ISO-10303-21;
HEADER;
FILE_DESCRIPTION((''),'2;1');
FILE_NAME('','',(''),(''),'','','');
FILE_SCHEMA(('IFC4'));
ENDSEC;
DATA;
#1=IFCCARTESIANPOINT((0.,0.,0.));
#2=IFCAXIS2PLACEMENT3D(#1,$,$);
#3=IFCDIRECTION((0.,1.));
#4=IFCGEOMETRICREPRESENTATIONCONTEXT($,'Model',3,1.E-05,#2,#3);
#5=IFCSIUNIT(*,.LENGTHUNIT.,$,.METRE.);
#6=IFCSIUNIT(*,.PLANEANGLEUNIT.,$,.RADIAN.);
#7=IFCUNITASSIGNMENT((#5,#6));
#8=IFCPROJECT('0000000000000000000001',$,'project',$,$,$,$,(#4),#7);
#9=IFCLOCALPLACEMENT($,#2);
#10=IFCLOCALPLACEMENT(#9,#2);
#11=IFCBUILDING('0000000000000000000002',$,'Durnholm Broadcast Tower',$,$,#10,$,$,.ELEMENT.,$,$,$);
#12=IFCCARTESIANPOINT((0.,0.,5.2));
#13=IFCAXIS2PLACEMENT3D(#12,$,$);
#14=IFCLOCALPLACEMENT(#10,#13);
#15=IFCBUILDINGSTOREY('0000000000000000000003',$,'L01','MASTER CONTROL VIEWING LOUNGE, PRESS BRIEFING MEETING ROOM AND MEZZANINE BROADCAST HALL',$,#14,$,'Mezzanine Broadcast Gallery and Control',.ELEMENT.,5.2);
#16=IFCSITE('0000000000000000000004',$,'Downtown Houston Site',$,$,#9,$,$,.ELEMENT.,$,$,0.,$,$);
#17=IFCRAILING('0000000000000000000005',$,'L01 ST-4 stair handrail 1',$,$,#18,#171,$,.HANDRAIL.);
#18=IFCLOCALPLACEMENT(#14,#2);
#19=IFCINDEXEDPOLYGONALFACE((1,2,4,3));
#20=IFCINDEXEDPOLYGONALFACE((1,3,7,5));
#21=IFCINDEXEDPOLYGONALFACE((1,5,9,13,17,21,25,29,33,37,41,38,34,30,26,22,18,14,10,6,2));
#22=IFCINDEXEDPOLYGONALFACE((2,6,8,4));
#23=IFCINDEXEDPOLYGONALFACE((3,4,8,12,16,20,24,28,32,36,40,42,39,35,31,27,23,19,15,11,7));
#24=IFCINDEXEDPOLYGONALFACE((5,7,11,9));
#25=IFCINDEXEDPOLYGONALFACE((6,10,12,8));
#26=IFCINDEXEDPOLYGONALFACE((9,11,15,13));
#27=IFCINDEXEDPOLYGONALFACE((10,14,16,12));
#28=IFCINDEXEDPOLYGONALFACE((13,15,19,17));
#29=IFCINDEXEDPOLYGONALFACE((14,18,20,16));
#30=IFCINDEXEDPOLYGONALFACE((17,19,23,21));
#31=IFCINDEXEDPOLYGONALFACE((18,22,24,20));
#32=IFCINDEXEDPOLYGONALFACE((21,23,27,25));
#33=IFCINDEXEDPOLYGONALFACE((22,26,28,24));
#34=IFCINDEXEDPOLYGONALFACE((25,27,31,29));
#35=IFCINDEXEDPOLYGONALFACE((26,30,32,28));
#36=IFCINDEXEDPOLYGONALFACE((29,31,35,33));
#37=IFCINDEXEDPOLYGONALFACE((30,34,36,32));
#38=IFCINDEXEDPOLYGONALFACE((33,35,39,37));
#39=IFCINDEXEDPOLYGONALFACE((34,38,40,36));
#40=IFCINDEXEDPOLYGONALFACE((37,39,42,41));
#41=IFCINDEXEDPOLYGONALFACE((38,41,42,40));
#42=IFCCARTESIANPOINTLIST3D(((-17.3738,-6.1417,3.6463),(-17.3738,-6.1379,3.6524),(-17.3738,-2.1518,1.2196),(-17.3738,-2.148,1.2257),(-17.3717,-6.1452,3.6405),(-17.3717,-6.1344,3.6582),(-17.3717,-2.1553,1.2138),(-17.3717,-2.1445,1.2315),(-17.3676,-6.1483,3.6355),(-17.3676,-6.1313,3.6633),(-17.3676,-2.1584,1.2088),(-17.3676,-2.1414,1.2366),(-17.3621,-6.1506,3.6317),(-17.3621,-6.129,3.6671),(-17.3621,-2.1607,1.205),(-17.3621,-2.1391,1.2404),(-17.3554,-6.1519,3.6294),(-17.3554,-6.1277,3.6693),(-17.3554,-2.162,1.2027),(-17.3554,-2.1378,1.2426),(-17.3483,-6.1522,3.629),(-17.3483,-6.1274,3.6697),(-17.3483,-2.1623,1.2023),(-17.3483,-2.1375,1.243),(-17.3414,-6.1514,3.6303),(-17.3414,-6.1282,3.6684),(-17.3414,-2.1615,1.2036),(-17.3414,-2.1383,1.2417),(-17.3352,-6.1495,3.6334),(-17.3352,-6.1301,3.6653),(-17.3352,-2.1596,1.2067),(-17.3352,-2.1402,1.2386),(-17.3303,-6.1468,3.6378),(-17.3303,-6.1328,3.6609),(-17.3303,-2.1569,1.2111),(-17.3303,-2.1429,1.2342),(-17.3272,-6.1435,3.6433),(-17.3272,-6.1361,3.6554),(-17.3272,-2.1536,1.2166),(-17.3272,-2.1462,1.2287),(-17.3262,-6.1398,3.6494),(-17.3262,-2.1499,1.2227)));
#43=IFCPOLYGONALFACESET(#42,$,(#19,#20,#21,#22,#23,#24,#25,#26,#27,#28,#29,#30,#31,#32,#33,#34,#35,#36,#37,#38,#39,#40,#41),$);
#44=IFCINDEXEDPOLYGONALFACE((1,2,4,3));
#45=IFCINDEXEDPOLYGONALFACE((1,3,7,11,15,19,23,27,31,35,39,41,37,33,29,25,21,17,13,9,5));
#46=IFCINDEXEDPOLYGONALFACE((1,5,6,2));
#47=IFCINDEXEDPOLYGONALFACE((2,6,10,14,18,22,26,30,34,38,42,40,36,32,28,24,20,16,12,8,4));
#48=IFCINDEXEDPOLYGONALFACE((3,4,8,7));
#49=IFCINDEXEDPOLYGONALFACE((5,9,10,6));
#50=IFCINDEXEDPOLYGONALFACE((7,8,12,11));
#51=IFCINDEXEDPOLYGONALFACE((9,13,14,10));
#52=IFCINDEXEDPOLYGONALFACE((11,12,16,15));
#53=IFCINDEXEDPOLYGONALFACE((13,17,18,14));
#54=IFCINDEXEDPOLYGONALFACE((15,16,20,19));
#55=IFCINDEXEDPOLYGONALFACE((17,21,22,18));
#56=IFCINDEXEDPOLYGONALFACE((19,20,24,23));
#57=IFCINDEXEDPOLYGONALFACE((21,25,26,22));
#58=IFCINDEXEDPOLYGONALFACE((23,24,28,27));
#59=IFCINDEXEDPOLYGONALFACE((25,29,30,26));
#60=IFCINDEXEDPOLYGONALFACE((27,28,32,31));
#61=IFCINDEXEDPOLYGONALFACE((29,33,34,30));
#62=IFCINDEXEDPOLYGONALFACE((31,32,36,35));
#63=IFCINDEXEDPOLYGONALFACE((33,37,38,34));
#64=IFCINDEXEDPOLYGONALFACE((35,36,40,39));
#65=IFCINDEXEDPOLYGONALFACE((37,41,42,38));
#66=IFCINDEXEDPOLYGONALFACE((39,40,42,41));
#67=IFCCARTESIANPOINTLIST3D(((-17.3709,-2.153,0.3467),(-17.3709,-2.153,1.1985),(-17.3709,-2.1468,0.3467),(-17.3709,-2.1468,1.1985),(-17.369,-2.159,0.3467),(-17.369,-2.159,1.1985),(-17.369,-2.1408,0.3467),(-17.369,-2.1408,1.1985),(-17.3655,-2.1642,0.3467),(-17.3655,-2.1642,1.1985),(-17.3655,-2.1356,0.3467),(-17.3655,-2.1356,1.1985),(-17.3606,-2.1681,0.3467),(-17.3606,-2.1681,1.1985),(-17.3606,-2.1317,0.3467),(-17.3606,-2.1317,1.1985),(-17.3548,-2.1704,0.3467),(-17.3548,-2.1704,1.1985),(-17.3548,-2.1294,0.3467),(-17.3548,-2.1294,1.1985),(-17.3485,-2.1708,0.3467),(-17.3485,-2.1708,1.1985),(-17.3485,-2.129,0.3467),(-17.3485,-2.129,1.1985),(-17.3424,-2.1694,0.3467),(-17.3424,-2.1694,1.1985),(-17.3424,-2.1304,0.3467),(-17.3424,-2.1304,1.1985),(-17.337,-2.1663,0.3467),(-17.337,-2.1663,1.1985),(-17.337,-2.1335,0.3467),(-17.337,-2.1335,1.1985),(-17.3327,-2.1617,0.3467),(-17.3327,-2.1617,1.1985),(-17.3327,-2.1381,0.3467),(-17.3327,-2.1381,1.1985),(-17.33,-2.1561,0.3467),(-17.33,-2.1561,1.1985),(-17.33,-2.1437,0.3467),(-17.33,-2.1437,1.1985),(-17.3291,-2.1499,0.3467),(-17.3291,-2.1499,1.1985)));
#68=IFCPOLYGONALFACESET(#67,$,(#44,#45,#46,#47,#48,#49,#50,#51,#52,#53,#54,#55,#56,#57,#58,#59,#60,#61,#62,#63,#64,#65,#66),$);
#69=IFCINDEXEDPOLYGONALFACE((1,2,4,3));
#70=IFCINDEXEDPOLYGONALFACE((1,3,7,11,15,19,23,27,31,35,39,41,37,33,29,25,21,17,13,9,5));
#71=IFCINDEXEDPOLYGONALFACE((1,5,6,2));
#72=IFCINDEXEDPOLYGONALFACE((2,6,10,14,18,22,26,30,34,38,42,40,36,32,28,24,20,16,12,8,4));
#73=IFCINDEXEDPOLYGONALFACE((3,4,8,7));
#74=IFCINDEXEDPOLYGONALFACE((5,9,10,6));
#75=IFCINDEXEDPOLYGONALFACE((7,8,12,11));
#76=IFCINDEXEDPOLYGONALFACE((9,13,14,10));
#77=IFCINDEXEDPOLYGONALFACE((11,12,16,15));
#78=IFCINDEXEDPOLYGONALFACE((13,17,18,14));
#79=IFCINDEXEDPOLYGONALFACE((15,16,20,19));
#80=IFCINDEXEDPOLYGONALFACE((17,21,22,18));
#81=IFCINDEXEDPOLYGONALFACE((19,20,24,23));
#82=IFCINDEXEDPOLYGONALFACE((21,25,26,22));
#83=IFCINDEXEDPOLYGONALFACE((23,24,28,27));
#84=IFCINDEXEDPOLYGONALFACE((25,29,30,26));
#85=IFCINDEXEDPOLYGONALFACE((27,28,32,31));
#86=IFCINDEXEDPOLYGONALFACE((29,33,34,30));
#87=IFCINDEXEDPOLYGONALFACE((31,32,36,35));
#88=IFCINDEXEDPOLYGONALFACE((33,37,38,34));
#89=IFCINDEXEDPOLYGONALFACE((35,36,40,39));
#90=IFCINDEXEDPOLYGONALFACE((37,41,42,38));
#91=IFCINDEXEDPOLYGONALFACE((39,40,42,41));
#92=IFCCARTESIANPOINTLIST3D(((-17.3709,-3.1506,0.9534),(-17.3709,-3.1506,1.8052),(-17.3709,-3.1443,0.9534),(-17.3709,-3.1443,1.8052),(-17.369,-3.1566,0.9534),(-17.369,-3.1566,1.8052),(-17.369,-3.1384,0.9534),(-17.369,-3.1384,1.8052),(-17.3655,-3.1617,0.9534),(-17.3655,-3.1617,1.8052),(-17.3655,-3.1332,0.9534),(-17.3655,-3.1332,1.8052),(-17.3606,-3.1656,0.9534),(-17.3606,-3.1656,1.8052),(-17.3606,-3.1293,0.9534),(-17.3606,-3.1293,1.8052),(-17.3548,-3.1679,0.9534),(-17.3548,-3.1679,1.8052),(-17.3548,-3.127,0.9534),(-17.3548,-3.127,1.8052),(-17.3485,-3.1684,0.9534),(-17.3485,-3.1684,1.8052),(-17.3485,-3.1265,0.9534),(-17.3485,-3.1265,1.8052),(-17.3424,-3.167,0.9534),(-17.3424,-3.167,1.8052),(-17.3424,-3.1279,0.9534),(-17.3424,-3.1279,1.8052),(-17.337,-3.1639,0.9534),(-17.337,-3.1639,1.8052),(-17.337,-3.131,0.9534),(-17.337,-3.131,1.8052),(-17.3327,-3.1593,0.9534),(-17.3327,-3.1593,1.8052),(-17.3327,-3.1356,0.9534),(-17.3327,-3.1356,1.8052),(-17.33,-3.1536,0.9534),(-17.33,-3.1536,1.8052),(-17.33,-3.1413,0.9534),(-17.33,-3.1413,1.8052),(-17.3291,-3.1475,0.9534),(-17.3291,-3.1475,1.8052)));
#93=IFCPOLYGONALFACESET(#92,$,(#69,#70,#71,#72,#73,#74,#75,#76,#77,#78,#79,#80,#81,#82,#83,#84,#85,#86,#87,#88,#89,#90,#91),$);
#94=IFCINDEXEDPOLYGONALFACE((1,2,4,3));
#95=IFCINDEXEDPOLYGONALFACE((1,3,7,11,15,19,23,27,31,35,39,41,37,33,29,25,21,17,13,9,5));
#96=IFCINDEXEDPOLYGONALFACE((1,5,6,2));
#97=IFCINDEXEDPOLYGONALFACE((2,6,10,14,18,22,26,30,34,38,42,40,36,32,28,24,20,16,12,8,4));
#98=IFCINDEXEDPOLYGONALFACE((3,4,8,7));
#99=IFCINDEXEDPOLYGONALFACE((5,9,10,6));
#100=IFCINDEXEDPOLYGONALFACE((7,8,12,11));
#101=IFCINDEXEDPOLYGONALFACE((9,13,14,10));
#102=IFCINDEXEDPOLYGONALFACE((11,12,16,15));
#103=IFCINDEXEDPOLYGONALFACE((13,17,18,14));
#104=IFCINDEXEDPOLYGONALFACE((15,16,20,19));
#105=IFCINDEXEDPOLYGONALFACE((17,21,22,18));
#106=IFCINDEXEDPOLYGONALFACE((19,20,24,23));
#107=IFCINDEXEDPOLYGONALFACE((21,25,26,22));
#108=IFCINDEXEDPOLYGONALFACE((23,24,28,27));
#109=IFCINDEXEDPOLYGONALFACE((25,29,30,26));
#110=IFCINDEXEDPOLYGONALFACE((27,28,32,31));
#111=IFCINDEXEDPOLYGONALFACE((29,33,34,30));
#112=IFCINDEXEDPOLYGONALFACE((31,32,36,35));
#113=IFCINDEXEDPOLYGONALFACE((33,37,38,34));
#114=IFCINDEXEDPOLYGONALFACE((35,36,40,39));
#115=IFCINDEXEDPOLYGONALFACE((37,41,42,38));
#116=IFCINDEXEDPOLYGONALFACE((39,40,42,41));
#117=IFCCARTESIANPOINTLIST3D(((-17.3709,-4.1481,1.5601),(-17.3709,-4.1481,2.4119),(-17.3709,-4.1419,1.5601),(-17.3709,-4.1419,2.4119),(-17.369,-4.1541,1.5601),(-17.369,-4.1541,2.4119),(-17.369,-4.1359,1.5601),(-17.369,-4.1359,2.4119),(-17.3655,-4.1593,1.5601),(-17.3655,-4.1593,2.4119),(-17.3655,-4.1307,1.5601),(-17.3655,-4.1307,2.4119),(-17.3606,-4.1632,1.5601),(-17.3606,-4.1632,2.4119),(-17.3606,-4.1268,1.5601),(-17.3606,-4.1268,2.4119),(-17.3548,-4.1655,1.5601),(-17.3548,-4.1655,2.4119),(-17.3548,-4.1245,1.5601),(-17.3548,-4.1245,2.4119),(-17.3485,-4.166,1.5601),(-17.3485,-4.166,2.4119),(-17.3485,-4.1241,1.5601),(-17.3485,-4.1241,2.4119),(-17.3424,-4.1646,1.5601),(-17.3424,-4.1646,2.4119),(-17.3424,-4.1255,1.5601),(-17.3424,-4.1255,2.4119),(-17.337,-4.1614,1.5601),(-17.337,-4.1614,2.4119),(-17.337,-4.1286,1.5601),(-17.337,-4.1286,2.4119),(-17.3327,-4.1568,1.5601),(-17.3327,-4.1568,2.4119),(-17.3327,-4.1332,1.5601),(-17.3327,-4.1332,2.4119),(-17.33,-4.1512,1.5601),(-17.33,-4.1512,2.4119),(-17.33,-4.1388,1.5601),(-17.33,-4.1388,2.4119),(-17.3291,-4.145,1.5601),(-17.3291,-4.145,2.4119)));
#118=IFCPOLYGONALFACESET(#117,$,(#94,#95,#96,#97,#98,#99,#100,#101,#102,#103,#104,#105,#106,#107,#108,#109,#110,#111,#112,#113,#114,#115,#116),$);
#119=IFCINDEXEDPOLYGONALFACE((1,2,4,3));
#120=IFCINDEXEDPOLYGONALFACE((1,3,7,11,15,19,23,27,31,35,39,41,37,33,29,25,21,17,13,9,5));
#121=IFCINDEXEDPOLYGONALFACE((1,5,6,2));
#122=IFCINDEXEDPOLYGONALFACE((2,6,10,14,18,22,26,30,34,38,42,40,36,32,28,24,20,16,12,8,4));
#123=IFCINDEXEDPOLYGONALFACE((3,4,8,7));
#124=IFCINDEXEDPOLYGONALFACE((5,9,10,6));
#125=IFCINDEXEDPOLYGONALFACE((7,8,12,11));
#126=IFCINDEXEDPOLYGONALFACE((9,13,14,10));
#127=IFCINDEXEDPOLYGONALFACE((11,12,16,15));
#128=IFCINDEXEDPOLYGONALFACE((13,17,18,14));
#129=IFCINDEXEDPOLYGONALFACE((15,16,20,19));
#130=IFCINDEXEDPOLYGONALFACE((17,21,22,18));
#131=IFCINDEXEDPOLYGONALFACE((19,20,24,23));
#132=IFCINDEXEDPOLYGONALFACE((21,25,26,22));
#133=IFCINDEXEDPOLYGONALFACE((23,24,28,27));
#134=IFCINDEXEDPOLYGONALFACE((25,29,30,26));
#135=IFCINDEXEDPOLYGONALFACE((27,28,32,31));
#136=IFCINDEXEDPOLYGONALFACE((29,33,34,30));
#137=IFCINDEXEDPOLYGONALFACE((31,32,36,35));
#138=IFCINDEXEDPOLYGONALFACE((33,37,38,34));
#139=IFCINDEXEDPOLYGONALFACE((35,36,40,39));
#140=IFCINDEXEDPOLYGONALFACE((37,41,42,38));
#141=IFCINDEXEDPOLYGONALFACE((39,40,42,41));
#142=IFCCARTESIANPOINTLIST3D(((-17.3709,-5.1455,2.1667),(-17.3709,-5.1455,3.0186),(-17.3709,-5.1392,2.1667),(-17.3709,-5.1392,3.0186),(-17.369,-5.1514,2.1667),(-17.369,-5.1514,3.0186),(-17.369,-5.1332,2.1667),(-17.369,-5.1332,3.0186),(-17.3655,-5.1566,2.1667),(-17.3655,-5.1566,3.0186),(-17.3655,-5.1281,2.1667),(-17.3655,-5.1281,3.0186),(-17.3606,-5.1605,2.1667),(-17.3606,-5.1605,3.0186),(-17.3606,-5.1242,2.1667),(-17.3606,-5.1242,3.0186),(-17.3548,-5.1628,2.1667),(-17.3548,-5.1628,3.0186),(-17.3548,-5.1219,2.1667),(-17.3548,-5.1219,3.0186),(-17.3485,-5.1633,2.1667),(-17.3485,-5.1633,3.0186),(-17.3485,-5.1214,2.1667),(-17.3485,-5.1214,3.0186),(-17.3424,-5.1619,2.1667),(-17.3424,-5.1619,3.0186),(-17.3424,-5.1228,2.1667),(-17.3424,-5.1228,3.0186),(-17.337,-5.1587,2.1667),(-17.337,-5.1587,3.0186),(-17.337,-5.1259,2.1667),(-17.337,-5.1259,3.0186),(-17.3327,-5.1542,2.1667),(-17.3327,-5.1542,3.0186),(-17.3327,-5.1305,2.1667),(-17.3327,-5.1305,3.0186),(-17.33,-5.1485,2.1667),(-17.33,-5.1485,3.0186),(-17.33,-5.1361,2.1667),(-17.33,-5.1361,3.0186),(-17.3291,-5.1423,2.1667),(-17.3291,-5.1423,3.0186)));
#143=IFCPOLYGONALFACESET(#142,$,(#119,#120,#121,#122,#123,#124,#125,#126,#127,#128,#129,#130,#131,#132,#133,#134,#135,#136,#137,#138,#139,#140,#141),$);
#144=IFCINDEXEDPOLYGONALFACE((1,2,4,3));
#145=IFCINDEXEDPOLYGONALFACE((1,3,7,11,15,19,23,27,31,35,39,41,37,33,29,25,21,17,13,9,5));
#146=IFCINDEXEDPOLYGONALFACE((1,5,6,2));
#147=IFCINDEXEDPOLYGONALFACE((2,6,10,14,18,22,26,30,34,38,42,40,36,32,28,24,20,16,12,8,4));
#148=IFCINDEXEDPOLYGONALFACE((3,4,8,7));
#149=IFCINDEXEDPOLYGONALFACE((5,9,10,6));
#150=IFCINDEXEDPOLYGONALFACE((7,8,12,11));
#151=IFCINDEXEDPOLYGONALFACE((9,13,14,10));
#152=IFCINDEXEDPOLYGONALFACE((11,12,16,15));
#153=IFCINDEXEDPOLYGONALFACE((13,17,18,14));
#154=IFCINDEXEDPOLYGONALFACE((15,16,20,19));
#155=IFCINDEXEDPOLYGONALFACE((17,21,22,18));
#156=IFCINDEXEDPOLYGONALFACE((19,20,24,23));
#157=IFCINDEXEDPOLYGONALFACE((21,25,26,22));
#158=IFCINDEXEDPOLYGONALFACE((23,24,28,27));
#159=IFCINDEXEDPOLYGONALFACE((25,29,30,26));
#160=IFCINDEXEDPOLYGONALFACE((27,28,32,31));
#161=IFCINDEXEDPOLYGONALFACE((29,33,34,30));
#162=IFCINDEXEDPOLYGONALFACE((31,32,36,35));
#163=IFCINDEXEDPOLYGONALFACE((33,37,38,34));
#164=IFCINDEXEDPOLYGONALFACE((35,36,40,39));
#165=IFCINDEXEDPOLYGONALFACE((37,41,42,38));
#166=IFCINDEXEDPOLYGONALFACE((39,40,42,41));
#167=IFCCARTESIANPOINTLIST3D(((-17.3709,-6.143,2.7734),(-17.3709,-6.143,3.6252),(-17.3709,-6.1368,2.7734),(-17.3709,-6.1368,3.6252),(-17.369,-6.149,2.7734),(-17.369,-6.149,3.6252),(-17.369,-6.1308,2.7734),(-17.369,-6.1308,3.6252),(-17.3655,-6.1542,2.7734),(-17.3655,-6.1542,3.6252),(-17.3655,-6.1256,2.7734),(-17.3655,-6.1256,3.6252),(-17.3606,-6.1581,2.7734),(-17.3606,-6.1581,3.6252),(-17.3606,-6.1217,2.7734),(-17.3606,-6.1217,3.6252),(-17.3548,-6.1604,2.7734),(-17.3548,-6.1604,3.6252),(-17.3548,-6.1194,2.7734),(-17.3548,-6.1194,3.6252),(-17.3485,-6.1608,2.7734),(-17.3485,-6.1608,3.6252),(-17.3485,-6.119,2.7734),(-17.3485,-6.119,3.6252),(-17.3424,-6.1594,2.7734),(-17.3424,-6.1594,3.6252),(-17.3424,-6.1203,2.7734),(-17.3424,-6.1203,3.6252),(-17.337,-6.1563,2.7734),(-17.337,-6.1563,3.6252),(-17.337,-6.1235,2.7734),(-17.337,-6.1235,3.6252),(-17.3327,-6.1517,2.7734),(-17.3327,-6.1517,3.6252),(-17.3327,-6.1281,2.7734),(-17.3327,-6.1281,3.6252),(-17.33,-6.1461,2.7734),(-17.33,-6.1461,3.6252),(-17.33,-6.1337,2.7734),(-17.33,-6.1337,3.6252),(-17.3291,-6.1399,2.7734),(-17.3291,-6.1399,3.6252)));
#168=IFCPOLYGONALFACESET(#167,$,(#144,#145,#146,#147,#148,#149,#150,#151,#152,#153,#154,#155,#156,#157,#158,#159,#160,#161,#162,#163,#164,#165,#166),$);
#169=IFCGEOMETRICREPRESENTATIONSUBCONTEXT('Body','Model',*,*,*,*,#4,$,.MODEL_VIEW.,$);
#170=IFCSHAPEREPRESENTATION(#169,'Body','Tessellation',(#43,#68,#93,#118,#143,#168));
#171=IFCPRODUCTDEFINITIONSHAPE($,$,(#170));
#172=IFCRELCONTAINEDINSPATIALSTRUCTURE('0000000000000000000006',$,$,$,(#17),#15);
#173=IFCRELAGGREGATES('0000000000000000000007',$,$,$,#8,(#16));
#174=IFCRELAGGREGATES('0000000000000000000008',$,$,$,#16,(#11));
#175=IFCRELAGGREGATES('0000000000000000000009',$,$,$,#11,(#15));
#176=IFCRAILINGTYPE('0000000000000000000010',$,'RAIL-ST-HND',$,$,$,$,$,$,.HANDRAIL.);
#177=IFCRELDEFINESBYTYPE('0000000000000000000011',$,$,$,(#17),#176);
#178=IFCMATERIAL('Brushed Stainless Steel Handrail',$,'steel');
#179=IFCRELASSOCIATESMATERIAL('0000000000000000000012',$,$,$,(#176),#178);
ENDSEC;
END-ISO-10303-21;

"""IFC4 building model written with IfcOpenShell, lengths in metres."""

from ifc_helpers import new_model, si_unit, direction, frame, origin, origin_2d, place, context, subcontext, project, spatial, circle, extrude, material, type_object, element, save


model = new_model("IFC4")

# Units and contexts
model_context = context("Model", 3, precision=1e-05, world=origin(), true_north=direction((0.0, 1.0)))
body_context = subcontext(model_context, "Body", "Model", "MODEL_VIEW")
ifc_project = project(units=[si_unit("LENGTHUNIT", "METRE"), si_unit("PLANEANGLEUNIT", "RADIAN")], contexts=[model_context])

# Site, building, storey
site_placement = place(None, origin())
site = spatial("IfcSite", under=ifc_project, at=site_placement, Name="Downtown Houston Site", CompositionType="ELEMENT", RefElevation=0.0)
building_placement = place(site_placement, origin())
building = spatial("IfcBuilding", under=site, at=building_placement, Name="Durnholm Broadcast Tower", CompositionType="ELEMENT")
storey_placement = place(building_placement, frame((0.0, 0.0, 5.2)))
storey = spatial("IfcBuildingStorey", under=building, at=storey_placement, Name="L01", Description="MASTER CONTROL VIEWING LOUNGE, PRESS BRIEFING MEETING ROOM AND MEZZANINE BROADCAST HALL", LongName="Mezzanine Broadcast Gallery and Control", CompositionType="ELEMENT", Elevation=5.2)

# Railing
ifc_material_1 = material(Name="Brushed Stainless Steel Handrail", Category="steel")
railing_type_1 = type_object("IfcRailingType", Name="RAIL-ST-HND", PredefinedType="HANDRAIL", material=ifc_material_1)
railing_1_placement = place(storey_placement, frame((-17.3501, -2.1499, 0.3467)))
element("IfcRailing", 1, at=railing_1_placement, inside=storey, type_object=railing_type_1, Name="L01 ST-4 stair handrail 1", PredefinedType="HANDRAIL", context=body_context, shape_type="SweptSolid", body=[
    extrude(circle(Radius=0.0239, at=origin_2d()), frame((0.0, 0.0, 0.876), z_axis=(0.0, -0.854382, 0.519645), x_axis=(1.0, 0.0, 0.0)), (0.0, 0.0, 1.0), 4.6699),
    extrude(circle(Radius=0.021, at=origin_2d()), origin(), (0.0, 0.0, 1.0), 0.8518),
    extrude(circle(Radius=0.021, at=origin_2d()), frame((0.0, -0.9976, 0.6067)), (0.0, 0.0, 1.0), 0.8518),
    extrude(circle(Radius=0.021, at=origin_2d()), frame((0.0, -1.9951, 1.2134)), (0.0, 0.0, 1.0), 0.8518),
    extrude(circle(Radius=0.021, at=origin_2d()), frame((0.0, -2.9924, 1.8201)), (0.0, 0.0, 1.0), 0.8518),
    extrude(circle(Radius=0.021, at=origin_2d()), frame((0.0, -3.99, 2.4268)), (0.0, 0.0, 1.0), 0.8518),
])

save(model, "model.ifc")
